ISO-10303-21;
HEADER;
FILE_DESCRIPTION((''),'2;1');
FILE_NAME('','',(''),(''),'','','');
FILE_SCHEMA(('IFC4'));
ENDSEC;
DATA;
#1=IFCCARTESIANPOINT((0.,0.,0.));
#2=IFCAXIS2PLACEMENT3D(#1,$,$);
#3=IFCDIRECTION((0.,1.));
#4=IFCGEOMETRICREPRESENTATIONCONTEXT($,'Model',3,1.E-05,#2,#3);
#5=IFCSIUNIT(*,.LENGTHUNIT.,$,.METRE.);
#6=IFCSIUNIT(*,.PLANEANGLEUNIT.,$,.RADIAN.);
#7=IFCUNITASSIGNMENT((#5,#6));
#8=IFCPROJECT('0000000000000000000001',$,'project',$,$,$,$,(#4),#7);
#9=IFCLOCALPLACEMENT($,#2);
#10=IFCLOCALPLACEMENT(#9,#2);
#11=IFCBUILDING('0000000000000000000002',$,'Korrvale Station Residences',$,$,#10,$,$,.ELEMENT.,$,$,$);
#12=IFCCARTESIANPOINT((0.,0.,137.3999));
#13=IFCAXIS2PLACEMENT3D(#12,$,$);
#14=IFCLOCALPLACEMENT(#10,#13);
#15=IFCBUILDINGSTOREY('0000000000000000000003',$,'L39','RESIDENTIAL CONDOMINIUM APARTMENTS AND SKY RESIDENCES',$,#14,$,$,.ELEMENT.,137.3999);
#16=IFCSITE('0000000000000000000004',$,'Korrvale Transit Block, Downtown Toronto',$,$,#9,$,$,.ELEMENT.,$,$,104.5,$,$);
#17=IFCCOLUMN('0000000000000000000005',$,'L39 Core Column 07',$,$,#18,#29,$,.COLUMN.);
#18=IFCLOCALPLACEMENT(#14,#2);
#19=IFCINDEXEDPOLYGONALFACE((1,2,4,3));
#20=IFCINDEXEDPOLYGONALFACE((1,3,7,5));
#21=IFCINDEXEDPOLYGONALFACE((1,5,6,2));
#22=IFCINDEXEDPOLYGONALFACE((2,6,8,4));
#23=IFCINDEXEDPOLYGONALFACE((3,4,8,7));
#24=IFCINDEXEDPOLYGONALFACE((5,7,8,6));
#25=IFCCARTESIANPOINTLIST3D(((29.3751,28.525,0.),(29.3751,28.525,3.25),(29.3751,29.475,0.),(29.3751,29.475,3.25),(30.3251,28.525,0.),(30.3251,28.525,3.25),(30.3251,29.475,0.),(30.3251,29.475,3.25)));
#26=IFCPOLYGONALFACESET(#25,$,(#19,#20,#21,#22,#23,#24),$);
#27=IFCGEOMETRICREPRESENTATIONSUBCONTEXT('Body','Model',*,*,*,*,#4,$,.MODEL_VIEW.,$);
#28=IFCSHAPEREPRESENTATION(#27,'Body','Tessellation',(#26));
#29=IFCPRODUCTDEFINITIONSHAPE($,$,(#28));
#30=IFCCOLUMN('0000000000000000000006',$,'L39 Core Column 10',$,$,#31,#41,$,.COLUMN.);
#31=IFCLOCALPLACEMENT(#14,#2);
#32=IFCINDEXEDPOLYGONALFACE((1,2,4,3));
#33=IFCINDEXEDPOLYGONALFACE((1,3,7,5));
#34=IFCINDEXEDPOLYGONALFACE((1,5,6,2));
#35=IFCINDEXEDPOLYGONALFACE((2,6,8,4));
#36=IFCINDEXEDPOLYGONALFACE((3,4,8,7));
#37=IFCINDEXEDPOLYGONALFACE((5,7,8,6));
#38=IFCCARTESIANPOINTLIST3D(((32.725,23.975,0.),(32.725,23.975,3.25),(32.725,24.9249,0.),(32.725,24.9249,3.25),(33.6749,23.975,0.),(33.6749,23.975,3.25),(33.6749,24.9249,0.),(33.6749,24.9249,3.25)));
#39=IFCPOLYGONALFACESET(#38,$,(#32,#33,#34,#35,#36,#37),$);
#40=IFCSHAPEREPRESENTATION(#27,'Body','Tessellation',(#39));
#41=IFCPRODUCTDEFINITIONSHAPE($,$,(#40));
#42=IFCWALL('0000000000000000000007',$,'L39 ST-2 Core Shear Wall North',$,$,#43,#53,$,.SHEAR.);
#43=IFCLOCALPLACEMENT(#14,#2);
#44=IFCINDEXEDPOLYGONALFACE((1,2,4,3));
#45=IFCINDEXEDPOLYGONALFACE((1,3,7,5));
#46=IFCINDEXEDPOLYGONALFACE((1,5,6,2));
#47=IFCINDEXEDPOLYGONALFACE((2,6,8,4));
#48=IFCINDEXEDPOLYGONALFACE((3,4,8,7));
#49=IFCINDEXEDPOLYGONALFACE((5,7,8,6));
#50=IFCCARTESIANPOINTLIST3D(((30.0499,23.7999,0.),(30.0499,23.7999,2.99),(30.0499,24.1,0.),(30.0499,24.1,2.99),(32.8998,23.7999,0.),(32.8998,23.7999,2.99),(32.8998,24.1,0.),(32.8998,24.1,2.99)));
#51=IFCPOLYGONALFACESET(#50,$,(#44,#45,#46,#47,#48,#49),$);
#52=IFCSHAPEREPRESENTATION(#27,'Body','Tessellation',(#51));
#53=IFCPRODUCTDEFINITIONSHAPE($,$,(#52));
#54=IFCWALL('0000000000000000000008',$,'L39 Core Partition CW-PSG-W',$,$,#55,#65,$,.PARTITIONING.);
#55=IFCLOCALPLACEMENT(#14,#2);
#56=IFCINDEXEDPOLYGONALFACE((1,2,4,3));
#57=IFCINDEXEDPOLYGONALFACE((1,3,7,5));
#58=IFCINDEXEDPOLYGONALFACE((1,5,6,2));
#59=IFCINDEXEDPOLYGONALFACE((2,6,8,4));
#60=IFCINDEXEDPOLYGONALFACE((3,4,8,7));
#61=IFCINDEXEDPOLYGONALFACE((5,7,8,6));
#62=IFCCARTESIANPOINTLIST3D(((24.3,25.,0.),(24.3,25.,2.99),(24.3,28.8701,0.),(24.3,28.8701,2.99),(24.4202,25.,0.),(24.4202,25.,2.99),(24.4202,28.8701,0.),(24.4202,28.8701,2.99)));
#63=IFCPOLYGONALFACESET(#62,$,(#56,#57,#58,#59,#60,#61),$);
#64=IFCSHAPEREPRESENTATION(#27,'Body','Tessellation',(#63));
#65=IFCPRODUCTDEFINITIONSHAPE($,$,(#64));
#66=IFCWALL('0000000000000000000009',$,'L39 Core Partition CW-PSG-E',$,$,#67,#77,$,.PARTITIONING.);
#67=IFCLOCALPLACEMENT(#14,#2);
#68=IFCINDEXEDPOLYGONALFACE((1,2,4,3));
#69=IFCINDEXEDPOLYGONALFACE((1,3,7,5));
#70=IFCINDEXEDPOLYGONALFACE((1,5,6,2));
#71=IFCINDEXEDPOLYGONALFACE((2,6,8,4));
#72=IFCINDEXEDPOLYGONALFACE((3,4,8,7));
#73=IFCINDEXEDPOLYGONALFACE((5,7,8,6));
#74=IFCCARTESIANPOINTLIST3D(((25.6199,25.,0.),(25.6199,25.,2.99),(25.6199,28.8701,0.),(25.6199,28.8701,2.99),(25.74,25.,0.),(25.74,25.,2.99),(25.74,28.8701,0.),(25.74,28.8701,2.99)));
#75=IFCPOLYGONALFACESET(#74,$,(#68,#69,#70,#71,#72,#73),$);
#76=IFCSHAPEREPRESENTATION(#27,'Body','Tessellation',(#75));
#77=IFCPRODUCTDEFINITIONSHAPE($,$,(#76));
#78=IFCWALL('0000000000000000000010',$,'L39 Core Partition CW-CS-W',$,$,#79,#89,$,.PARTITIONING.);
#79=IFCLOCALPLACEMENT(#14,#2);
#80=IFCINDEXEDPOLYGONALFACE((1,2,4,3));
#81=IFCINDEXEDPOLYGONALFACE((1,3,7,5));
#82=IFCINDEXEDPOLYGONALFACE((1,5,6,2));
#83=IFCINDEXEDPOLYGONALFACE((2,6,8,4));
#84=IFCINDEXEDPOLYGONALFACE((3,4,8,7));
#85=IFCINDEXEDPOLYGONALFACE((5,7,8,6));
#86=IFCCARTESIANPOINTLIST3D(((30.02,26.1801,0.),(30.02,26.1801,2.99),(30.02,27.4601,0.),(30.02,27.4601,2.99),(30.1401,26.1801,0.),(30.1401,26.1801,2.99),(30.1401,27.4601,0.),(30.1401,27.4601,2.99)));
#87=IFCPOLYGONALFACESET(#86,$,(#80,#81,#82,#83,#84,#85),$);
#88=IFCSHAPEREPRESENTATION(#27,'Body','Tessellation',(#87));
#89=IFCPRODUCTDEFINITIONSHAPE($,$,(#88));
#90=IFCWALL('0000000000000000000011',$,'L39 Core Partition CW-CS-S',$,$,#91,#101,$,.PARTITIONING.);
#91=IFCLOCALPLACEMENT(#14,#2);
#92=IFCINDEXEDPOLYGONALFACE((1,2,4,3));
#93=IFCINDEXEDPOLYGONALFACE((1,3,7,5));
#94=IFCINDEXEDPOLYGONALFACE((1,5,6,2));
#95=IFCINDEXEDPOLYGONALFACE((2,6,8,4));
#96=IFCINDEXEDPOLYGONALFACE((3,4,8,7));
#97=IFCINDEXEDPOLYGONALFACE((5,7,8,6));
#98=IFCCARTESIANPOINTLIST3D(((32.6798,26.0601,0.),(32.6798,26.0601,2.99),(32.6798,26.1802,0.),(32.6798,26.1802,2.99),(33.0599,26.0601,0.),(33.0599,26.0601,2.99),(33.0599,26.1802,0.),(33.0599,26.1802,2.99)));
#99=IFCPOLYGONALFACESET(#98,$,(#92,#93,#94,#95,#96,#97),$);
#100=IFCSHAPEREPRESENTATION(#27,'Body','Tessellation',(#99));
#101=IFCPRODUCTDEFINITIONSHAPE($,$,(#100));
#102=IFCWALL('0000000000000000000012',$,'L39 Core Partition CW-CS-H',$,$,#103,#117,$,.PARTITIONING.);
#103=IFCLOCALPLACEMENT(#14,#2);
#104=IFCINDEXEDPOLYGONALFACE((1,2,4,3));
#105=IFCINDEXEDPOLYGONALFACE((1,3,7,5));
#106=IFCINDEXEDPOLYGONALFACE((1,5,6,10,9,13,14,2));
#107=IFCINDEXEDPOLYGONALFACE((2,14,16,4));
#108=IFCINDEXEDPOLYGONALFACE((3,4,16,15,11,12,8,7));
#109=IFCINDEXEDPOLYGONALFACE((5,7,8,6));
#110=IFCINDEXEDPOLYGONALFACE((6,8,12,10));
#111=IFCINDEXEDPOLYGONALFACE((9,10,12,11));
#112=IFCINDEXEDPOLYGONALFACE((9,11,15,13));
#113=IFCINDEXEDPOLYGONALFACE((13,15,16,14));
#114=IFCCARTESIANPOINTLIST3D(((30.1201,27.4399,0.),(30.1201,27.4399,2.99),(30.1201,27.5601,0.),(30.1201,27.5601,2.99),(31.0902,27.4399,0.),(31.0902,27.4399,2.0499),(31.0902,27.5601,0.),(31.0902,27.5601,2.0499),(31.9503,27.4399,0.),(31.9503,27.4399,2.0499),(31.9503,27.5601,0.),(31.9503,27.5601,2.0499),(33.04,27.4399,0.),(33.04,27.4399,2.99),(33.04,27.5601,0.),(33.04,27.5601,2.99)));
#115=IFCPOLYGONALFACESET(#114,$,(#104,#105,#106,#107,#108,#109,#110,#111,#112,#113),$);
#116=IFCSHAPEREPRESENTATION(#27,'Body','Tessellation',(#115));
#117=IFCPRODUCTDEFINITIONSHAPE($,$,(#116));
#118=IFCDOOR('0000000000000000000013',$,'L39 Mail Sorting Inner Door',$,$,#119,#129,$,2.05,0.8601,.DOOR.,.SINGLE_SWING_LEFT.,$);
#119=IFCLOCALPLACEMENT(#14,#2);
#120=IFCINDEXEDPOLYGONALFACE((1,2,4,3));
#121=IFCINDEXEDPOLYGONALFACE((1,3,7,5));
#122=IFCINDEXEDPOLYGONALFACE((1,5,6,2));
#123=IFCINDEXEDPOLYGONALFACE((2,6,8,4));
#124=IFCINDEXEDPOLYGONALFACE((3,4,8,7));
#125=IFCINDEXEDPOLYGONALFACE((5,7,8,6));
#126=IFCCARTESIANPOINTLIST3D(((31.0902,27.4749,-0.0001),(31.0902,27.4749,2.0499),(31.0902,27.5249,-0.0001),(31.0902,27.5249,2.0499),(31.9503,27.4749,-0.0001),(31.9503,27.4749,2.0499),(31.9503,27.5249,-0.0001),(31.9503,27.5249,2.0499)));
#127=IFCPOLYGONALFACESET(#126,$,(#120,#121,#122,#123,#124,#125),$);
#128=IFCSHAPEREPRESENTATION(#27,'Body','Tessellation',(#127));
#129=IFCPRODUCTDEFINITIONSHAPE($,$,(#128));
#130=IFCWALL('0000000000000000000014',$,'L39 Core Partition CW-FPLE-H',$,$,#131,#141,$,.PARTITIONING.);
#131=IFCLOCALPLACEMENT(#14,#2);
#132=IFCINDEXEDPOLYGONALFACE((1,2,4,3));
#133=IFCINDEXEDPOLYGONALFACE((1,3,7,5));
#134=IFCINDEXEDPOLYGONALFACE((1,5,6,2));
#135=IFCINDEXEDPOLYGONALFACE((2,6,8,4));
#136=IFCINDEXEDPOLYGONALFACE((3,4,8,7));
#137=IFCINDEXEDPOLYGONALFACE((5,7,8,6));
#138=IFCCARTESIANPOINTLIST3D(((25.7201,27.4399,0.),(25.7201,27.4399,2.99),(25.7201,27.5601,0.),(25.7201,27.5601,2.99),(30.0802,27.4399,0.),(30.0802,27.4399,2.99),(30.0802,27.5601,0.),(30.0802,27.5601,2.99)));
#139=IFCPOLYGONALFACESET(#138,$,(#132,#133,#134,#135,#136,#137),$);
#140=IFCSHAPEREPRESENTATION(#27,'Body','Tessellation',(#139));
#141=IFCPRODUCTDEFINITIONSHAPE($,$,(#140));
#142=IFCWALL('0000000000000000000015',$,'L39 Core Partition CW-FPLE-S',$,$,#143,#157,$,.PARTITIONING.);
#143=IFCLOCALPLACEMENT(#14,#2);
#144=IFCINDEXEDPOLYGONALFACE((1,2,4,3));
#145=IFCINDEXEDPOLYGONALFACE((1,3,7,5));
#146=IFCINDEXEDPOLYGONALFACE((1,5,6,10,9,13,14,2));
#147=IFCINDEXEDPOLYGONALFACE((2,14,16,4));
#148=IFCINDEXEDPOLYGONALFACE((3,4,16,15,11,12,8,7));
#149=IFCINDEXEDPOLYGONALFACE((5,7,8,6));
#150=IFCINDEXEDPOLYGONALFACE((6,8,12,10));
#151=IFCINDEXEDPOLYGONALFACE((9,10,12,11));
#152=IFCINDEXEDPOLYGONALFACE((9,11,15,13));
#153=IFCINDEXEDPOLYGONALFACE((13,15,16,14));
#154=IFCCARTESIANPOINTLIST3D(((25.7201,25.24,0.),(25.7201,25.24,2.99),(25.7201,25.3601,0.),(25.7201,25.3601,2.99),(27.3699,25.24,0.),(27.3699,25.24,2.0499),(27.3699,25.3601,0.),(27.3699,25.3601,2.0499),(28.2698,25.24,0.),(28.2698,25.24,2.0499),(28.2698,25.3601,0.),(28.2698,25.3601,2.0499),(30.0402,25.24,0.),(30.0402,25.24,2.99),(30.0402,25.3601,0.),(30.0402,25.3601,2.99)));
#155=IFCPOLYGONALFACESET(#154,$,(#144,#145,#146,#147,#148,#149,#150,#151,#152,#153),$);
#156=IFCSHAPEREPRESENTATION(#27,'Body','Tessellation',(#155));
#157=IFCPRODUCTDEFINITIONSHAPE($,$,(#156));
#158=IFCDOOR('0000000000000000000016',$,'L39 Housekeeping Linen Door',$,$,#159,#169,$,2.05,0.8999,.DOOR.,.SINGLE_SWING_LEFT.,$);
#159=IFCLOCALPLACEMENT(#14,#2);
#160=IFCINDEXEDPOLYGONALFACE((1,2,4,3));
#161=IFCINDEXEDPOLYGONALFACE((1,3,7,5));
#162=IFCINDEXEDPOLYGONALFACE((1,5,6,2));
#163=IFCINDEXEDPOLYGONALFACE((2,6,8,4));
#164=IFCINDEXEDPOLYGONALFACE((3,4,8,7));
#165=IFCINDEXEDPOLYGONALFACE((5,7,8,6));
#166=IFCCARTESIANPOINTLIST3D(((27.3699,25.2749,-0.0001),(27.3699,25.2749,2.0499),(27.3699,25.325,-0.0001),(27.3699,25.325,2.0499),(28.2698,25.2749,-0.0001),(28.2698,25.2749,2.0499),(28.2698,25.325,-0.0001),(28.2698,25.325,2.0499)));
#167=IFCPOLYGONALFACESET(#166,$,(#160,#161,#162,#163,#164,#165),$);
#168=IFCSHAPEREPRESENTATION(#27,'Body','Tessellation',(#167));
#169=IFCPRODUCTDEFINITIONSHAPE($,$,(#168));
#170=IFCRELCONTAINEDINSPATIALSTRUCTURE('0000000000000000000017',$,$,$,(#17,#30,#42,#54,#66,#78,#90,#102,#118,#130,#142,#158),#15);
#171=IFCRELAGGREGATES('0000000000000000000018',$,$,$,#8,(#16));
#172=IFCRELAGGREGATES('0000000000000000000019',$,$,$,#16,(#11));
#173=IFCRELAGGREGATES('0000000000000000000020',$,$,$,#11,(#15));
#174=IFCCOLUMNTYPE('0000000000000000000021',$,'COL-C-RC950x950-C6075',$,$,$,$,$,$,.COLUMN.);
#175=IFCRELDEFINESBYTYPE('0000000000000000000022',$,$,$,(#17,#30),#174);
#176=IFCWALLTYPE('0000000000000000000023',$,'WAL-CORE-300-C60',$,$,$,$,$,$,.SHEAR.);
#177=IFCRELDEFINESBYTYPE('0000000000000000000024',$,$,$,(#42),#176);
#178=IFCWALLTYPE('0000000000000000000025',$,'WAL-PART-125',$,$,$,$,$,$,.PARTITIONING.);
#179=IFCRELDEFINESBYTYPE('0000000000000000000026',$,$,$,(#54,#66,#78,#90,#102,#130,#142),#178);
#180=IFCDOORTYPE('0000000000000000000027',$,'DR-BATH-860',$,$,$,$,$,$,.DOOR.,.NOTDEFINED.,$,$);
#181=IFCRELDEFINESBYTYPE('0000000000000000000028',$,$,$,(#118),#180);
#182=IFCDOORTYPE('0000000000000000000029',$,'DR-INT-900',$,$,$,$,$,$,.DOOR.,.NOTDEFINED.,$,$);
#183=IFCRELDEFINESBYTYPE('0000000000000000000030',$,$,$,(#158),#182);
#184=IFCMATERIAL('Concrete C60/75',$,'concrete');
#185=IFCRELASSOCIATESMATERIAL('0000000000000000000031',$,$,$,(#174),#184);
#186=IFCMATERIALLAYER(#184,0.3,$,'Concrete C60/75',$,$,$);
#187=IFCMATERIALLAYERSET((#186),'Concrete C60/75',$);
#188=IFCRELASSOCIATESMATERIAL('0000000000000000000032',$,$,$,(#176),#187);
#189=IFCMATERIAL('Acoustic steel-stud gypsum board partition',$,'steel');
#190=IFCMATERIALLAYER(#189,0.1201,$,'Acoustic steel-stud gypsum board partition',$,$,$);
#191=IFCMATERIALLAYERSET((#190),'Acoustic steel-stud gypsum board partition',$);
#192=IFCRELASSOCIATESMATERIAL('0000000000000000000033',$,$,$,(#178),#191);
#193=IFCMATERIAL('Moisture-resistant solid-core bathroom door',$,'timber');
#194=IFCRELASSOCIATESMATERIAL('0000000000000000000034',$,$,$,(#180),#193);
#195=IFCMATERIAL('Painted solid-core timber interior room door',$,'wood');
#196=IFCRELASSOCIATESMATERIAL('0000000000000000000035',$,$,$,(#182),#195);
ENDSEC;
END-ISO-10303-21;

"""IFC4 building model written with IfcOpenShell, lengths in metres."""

from ifc_helpers import new_model, si_unit, direction, frame, frame_2d, origin, origin_2d, place, context, subcontext, project, spatial, rectangle, extrude, material, layer, layer_set, material_profile, profile_set, type_object, element, fill, save


model = new_model("IFC4")

# Units and contexts
model_context = context("Model", 3, precision=1e-05, world=origin(), true_north=direction((0.0, 1.0)))
body_context = subcontext(model_context, "Body", "Model", "MODEL_VIEW")
ifc_project = project(units=[si_unit("LENGTHUNIT", "METRE"), si_unit("PLANEANGLEUNIT", "RADIAN")], contexts=[model_context])

# Site, building, storey
site_placement = place(None, origin())
site = spatial("IfcSite", under=ifc_project, at=site_placement, Name="Korrvale Transit Block, Downtown Toronto", CompositionType="ELEMENT", RefElevation=104.5)
building_placement = place(site_placement, origin())
building = spatial("IfcBuilding", under=site, at=building_placement, Name="Korrvale Station Residences", CompositionType="ELEMENT")
storey_placement = place(building_placement, frame((0.0, 0.0, 137.3999)))
storey = spatial("IfcBuildingStorey", under=building, at=storey_placement, Name="L39", Description="RESIDENTIAL CONDOMINIUM APARTMENTS AND SKY RESIDENCES", CompositionType="ELEMENT", Elevation=137.3999)

# Columns
ifc_material_1 = material(Name="Concrete C60/75", Category="concrete")
ifc_material_profile = material_profile(ifc_material_1, rectangle(XDim=0.95, YDim=0.95, at=origin_2d()), Name="RC950x950")
ifc_profile_set = profile_set([ifc_material_profile], Name="Concrete C60/75")
column_type = type_object("IfcColumnType", Name="COL-C-RC950x950-C6075", PredefinedType="COLUMN", material=ifc_profile_set)
for number, where, z_axis, x_axis, name in (
    (1, (29.8501, 29.0, 0.0), (0.0, 0.0, 1.0), (1.0, 0.0, 0.0), "L39 Core Column 07"),
    (2, (33.2, 24.45, 0.0), (0.0, 0.0, 1.0), (1.0, 0.0, 0.0), "L39 Core Column 10"),
):
    element("IfcColumn", number, at=place(storey_placement, frame(where, z_axis=z_axis, x_axis=x_axis)), inside=storey, type_object=column_type, Name=name, PredefinedType="COLUMN", context=body_context, shape_type="SweptSolid", body=[
        extrude(rectangle(XDim=0.95, YDim=0.95, at=origin_2d()), origin(), (0.0, 0.0, 1.0), 3.25),
    ])

# Walls
ifc_layer_1 = layer(ifc_material_1, 0.3, Name="Concrete C60/75")
ifc_layer_set_1 = layer_set([ifc_layer_1], Name="Concrete C60/75")
wall_type_1 = type_object("IfcWallType", Name="WAL-CORE-300-C60", PredefinedType="SHEAR", material=ifc_layer_set_1)
wall_1_placement = place(storey_placement, frame((30.05, 23.95, 0.0), z_axis=(0.0, 0.0, 1.0), x_axis=(1.0, 0.0, 0.0)))
element("IfcWall", 3, at=wall_1_placement, inside=storey, type_object=wall_type_1, Name="L39 ST-2 Core Shear Wall North", PredefinedType="SHEAR", context=body_context, shape_type="SweptSolid", body=[
    extrude(rectangle(XDim=2.8499, YDim=0.3, at=frame_2d((1.4248, 0.0))), origin(), (0.0, 0.0, 1.0), 2.99),
])
ifc_material_2 = material(Name="Acoustic steel-stud gypsum board partition", Category="steel")
ifc_layer_2 = layer(ifc_material_2, 0.1201, Name="Acoustic steel-stud gypsum board partition")
ifc_layer_set_2 = layer_set([ifc_layer_2], Name="Acoustic steel-stud gypsum board partition")
wall_type_2 = type_object("IfcWallType", Name="WAL-PART-125", PredefinedType="PARTITIONING", material=ifc_layer_set_2)
for number, where, z_axis, x_axis, name in (
    (4, (24.3601, 25.0, 0.0), (0.0, 0.0, 1.0), (0.0, 1.0, 0.0), "L39 Core Partition CW-PSG-W"),
    (5, (25.6799, 25.0, 0.0), (0.0, 0.0, 1.0), (0.0, 1.0, 0.0), "L39 Core Partition CW-PSG-E"),
):
    element("IfcWall", number, at=place(storey_placement, frame(where, z_axis=z_axis, x_axis=x_axis)), inside=storey, type_object=wall_type_2, Name=name, PredefinedType="PARTITIONING", context=body_context, shape_type="SweptSolid", body=[
        extrude(rectangle(XDim=3.8701, YDim=0.1201, at=frame_2d((1.9351, 0.0))), origin(), (0.0, 0.0, 1.0), 2.99),
    ])
wall_2_placement = place(storey_placement, frame((30.0801, 26.1799, 0.0), z_axis=(0.0, 0.0, 1.0), x_axis=(0.0, 1.0, 0.0)))
element("IfcWall", 6, at=wall_2_placement, inside=storey, type_object=wall_type_2, Name="L39 Core Partition CW-CS-W", PredefinedType="PARTITIONING", context=body_context, shape_type="SweptSolid", body=[
    extrude(rectangle(XDim=1.28, YDim=0.1201, at=frame_2d((0.6401, 0.0))), origin(), (0.0, 0.0, 1.0), 2.99),
])
wall_3_placement = place(storey_placement, frame((32.6799, 26.1201, 0.0), z_axis=(0.0, 0.0, 1.0), x_axis=(1.0, 0.0, 0.0)))
element("IfcWall", 7, at=wall_3_placement, inside=storey, type_object=wall_type_2, Name="L39 Core Partition CW-CS-S", PredefinedType="PARTITIONING", context=body_context, shape_type="SweptSolid", body=[
    extrude(rectangle(XDim=0.3801, YDim=0.1201, at=frame_2d((0.1899, 0.0))), origin(), (0.0, 0.0, 1.0), 2.99),
])

# Wall, opening, door
wall_4_placement = place(storey_placement, frame((30.1201, 27.5, 0.0), z_axis=(0.0, 0.0, 1.0), x_axis=(1.0, 0.0, 0.0)))
wall_4 = element("IfcWall", 8, at=wall_4_placement, inside=storey, type_object=wall_type_2, Name="L39 Core Partition CW-CS-H", PredefinedType="PARTITIONING", context=body_context, shape_type="SweptSolid", body=[
    extrude(rectangle(XDim=2.9199, YDim=0.1201, at=frame_2d((1.46, 0.0))), origin(), (0.0, 0.0, 1.0), 2.99),
])
opening_1_placement = place(wall_4_placement, frame((0.97, 0.0, 0.0)))
opening_1 = element("IfcOpeningElement", 9, at=opening_1_placement, cuts=wall_4, PredefinedType="OPENING", context=body_context, shape_type="SweptSolid", body=[
    extrude(rectangle(XDim=0.8601, YDim=2.05, at=frame_2d((0.4302, 1.0249))), frame((0.0, 0.0701, 0.0), z_axis=(0.0, -1.0, 0.0), x_axis=(1.0, 0.0, 0.0)), (0.0, 0.0, 1.0), 0.1401),
])
ifc_material_3 = material(Name="Moisture-resistant solid-core bathroom door", Category="timber")
door_type_1 = type_object("IfcDoorType", Name="DR-BATH-860", OperationType="NOTDEFINED", PredefinedType="DOOR", material=ifc_material_3)
door_1_placement = place(opening_1_placement, origin())
door_1 = element("IfcDoor", 10, at=door_1_placement, inside=storey, type_object=door_type_1, Name="L39 Mail Sorting Inner Door", OperationType="SINGLE_SWING_LEFT", OverallHeight=2.05, OverallWidth=0.8601, PredefinedType="DOOR", context=body_context, shape_type="SweptSolid", body=[
    extrude(rectangle(XDim=0.8601, YDim=2.05, at=frame_2d((0.4302, 1.0249))), frame((0.0, 0.0249, 0.0), z_axis=(0.0, -1.0, 0.0), x_axis=(1.0, 0.0, 0.0)), (0.0, 0.0, 1.0), 0.05),
])
fill(opening_1, door_1)

# Wall
wall_5_placement = place(storey_placement, frame((25.72, 27.5, 0.0), z_axis=(0.0, 0.0, 1.0), x_axis=(1.0, 0.0, 0.0)))
element("IfcWall", 11, at=wall_5_placement, inside=storey, type_object=wall_type_2, Name="L39 Core Partition CW-FPLE-H", PredefinedType="PARTITIONING", context=body_context, shape_type="SweptSolid", body=[
    extrude(rectangle(XDim=4.3601, YDim=0.1201, at=frame_2d((2.1802, 0.0))), origin(), (0.0, 0.0, 1.0), 2.99),
])

# Wall, opening, door
wall_6_placement = place(storey_placement, frame((25.72, 25.3, 0.0), z_axis=(0.0, 0.0, 1.0), x_axis=(1.0, 0.0, 0.0)))
wall_6 = element("IfcWall", 12, at=wall_6_placement, inside=storey, type_object=wall_type_2, Name="L39 Core Partition CW-FPLE-S", PredefinedType="PARTITIONING", context=body_context, shape_type="SweptSolid", body=[
    extrude(rectangle(XDim=4.3201, YDim=0.1201, at=frame_2d((2.1602, 0.0))), origin(), (0.0, 0.0, 1.0), 2.99),
])
opening_2_placement = place(wall_6_placement, frame((1.6499, 0.0, 0.0)))
opening_2 = element("IfcOpeningElement", 13, at=opening_2_placement, cuts=wall_6, PredefinedType="OPENING", context=body_context, shape_type="SweptSolid", body=[
    extrude(rectangle(XDim=0.8999, YDim=2.05, at=frame_2d((0.45, 1.0249))), frame((0.0, 0.0701, 0.0), z_axis=(0.0, -1.0, 0.0), x_axis=(1.0, 0.0, 0.0)), (0.0, 0.0, 1.0), 0.1401),
])
ifc_material_4 = material(Name="Painted solid-core timber interior room door", Category="wood")
door_type_2 = type_object("IfcDoorType", Name="DR-INT-900", OperationType="NOTDEFINED", PredefinedType="DOOR", material=ifc_material_4)
door_2_placement = place(opening_2_placement, origin())
door_2 = element("IfcDoor", 14, at=door_2_placement, inside=storey, type_object=door_type_2, Name="L39 Housekeeping Linen Door", OperationType="SINGLE_SWING_LEFT", OverallHeight=2.05, OverallWidth=0.8999, PredefinedType="DOOR", context=body_context, shape_type="SweptSolid", body=[
    extrude(rectangle(XDim=0.8999, YDim=2.05, at=frame_2d((0.45, 1.0249))), frame((0.0, 0.0249, 0.0), z_axis=(0.0, -1.0, 0.0), x_axis=(1.0, 0.0, 0.0)), (0.0, 0.0, 1.0), 0.05),
])
fill(opening_2, door_2)

save(model, "model.ifc")
